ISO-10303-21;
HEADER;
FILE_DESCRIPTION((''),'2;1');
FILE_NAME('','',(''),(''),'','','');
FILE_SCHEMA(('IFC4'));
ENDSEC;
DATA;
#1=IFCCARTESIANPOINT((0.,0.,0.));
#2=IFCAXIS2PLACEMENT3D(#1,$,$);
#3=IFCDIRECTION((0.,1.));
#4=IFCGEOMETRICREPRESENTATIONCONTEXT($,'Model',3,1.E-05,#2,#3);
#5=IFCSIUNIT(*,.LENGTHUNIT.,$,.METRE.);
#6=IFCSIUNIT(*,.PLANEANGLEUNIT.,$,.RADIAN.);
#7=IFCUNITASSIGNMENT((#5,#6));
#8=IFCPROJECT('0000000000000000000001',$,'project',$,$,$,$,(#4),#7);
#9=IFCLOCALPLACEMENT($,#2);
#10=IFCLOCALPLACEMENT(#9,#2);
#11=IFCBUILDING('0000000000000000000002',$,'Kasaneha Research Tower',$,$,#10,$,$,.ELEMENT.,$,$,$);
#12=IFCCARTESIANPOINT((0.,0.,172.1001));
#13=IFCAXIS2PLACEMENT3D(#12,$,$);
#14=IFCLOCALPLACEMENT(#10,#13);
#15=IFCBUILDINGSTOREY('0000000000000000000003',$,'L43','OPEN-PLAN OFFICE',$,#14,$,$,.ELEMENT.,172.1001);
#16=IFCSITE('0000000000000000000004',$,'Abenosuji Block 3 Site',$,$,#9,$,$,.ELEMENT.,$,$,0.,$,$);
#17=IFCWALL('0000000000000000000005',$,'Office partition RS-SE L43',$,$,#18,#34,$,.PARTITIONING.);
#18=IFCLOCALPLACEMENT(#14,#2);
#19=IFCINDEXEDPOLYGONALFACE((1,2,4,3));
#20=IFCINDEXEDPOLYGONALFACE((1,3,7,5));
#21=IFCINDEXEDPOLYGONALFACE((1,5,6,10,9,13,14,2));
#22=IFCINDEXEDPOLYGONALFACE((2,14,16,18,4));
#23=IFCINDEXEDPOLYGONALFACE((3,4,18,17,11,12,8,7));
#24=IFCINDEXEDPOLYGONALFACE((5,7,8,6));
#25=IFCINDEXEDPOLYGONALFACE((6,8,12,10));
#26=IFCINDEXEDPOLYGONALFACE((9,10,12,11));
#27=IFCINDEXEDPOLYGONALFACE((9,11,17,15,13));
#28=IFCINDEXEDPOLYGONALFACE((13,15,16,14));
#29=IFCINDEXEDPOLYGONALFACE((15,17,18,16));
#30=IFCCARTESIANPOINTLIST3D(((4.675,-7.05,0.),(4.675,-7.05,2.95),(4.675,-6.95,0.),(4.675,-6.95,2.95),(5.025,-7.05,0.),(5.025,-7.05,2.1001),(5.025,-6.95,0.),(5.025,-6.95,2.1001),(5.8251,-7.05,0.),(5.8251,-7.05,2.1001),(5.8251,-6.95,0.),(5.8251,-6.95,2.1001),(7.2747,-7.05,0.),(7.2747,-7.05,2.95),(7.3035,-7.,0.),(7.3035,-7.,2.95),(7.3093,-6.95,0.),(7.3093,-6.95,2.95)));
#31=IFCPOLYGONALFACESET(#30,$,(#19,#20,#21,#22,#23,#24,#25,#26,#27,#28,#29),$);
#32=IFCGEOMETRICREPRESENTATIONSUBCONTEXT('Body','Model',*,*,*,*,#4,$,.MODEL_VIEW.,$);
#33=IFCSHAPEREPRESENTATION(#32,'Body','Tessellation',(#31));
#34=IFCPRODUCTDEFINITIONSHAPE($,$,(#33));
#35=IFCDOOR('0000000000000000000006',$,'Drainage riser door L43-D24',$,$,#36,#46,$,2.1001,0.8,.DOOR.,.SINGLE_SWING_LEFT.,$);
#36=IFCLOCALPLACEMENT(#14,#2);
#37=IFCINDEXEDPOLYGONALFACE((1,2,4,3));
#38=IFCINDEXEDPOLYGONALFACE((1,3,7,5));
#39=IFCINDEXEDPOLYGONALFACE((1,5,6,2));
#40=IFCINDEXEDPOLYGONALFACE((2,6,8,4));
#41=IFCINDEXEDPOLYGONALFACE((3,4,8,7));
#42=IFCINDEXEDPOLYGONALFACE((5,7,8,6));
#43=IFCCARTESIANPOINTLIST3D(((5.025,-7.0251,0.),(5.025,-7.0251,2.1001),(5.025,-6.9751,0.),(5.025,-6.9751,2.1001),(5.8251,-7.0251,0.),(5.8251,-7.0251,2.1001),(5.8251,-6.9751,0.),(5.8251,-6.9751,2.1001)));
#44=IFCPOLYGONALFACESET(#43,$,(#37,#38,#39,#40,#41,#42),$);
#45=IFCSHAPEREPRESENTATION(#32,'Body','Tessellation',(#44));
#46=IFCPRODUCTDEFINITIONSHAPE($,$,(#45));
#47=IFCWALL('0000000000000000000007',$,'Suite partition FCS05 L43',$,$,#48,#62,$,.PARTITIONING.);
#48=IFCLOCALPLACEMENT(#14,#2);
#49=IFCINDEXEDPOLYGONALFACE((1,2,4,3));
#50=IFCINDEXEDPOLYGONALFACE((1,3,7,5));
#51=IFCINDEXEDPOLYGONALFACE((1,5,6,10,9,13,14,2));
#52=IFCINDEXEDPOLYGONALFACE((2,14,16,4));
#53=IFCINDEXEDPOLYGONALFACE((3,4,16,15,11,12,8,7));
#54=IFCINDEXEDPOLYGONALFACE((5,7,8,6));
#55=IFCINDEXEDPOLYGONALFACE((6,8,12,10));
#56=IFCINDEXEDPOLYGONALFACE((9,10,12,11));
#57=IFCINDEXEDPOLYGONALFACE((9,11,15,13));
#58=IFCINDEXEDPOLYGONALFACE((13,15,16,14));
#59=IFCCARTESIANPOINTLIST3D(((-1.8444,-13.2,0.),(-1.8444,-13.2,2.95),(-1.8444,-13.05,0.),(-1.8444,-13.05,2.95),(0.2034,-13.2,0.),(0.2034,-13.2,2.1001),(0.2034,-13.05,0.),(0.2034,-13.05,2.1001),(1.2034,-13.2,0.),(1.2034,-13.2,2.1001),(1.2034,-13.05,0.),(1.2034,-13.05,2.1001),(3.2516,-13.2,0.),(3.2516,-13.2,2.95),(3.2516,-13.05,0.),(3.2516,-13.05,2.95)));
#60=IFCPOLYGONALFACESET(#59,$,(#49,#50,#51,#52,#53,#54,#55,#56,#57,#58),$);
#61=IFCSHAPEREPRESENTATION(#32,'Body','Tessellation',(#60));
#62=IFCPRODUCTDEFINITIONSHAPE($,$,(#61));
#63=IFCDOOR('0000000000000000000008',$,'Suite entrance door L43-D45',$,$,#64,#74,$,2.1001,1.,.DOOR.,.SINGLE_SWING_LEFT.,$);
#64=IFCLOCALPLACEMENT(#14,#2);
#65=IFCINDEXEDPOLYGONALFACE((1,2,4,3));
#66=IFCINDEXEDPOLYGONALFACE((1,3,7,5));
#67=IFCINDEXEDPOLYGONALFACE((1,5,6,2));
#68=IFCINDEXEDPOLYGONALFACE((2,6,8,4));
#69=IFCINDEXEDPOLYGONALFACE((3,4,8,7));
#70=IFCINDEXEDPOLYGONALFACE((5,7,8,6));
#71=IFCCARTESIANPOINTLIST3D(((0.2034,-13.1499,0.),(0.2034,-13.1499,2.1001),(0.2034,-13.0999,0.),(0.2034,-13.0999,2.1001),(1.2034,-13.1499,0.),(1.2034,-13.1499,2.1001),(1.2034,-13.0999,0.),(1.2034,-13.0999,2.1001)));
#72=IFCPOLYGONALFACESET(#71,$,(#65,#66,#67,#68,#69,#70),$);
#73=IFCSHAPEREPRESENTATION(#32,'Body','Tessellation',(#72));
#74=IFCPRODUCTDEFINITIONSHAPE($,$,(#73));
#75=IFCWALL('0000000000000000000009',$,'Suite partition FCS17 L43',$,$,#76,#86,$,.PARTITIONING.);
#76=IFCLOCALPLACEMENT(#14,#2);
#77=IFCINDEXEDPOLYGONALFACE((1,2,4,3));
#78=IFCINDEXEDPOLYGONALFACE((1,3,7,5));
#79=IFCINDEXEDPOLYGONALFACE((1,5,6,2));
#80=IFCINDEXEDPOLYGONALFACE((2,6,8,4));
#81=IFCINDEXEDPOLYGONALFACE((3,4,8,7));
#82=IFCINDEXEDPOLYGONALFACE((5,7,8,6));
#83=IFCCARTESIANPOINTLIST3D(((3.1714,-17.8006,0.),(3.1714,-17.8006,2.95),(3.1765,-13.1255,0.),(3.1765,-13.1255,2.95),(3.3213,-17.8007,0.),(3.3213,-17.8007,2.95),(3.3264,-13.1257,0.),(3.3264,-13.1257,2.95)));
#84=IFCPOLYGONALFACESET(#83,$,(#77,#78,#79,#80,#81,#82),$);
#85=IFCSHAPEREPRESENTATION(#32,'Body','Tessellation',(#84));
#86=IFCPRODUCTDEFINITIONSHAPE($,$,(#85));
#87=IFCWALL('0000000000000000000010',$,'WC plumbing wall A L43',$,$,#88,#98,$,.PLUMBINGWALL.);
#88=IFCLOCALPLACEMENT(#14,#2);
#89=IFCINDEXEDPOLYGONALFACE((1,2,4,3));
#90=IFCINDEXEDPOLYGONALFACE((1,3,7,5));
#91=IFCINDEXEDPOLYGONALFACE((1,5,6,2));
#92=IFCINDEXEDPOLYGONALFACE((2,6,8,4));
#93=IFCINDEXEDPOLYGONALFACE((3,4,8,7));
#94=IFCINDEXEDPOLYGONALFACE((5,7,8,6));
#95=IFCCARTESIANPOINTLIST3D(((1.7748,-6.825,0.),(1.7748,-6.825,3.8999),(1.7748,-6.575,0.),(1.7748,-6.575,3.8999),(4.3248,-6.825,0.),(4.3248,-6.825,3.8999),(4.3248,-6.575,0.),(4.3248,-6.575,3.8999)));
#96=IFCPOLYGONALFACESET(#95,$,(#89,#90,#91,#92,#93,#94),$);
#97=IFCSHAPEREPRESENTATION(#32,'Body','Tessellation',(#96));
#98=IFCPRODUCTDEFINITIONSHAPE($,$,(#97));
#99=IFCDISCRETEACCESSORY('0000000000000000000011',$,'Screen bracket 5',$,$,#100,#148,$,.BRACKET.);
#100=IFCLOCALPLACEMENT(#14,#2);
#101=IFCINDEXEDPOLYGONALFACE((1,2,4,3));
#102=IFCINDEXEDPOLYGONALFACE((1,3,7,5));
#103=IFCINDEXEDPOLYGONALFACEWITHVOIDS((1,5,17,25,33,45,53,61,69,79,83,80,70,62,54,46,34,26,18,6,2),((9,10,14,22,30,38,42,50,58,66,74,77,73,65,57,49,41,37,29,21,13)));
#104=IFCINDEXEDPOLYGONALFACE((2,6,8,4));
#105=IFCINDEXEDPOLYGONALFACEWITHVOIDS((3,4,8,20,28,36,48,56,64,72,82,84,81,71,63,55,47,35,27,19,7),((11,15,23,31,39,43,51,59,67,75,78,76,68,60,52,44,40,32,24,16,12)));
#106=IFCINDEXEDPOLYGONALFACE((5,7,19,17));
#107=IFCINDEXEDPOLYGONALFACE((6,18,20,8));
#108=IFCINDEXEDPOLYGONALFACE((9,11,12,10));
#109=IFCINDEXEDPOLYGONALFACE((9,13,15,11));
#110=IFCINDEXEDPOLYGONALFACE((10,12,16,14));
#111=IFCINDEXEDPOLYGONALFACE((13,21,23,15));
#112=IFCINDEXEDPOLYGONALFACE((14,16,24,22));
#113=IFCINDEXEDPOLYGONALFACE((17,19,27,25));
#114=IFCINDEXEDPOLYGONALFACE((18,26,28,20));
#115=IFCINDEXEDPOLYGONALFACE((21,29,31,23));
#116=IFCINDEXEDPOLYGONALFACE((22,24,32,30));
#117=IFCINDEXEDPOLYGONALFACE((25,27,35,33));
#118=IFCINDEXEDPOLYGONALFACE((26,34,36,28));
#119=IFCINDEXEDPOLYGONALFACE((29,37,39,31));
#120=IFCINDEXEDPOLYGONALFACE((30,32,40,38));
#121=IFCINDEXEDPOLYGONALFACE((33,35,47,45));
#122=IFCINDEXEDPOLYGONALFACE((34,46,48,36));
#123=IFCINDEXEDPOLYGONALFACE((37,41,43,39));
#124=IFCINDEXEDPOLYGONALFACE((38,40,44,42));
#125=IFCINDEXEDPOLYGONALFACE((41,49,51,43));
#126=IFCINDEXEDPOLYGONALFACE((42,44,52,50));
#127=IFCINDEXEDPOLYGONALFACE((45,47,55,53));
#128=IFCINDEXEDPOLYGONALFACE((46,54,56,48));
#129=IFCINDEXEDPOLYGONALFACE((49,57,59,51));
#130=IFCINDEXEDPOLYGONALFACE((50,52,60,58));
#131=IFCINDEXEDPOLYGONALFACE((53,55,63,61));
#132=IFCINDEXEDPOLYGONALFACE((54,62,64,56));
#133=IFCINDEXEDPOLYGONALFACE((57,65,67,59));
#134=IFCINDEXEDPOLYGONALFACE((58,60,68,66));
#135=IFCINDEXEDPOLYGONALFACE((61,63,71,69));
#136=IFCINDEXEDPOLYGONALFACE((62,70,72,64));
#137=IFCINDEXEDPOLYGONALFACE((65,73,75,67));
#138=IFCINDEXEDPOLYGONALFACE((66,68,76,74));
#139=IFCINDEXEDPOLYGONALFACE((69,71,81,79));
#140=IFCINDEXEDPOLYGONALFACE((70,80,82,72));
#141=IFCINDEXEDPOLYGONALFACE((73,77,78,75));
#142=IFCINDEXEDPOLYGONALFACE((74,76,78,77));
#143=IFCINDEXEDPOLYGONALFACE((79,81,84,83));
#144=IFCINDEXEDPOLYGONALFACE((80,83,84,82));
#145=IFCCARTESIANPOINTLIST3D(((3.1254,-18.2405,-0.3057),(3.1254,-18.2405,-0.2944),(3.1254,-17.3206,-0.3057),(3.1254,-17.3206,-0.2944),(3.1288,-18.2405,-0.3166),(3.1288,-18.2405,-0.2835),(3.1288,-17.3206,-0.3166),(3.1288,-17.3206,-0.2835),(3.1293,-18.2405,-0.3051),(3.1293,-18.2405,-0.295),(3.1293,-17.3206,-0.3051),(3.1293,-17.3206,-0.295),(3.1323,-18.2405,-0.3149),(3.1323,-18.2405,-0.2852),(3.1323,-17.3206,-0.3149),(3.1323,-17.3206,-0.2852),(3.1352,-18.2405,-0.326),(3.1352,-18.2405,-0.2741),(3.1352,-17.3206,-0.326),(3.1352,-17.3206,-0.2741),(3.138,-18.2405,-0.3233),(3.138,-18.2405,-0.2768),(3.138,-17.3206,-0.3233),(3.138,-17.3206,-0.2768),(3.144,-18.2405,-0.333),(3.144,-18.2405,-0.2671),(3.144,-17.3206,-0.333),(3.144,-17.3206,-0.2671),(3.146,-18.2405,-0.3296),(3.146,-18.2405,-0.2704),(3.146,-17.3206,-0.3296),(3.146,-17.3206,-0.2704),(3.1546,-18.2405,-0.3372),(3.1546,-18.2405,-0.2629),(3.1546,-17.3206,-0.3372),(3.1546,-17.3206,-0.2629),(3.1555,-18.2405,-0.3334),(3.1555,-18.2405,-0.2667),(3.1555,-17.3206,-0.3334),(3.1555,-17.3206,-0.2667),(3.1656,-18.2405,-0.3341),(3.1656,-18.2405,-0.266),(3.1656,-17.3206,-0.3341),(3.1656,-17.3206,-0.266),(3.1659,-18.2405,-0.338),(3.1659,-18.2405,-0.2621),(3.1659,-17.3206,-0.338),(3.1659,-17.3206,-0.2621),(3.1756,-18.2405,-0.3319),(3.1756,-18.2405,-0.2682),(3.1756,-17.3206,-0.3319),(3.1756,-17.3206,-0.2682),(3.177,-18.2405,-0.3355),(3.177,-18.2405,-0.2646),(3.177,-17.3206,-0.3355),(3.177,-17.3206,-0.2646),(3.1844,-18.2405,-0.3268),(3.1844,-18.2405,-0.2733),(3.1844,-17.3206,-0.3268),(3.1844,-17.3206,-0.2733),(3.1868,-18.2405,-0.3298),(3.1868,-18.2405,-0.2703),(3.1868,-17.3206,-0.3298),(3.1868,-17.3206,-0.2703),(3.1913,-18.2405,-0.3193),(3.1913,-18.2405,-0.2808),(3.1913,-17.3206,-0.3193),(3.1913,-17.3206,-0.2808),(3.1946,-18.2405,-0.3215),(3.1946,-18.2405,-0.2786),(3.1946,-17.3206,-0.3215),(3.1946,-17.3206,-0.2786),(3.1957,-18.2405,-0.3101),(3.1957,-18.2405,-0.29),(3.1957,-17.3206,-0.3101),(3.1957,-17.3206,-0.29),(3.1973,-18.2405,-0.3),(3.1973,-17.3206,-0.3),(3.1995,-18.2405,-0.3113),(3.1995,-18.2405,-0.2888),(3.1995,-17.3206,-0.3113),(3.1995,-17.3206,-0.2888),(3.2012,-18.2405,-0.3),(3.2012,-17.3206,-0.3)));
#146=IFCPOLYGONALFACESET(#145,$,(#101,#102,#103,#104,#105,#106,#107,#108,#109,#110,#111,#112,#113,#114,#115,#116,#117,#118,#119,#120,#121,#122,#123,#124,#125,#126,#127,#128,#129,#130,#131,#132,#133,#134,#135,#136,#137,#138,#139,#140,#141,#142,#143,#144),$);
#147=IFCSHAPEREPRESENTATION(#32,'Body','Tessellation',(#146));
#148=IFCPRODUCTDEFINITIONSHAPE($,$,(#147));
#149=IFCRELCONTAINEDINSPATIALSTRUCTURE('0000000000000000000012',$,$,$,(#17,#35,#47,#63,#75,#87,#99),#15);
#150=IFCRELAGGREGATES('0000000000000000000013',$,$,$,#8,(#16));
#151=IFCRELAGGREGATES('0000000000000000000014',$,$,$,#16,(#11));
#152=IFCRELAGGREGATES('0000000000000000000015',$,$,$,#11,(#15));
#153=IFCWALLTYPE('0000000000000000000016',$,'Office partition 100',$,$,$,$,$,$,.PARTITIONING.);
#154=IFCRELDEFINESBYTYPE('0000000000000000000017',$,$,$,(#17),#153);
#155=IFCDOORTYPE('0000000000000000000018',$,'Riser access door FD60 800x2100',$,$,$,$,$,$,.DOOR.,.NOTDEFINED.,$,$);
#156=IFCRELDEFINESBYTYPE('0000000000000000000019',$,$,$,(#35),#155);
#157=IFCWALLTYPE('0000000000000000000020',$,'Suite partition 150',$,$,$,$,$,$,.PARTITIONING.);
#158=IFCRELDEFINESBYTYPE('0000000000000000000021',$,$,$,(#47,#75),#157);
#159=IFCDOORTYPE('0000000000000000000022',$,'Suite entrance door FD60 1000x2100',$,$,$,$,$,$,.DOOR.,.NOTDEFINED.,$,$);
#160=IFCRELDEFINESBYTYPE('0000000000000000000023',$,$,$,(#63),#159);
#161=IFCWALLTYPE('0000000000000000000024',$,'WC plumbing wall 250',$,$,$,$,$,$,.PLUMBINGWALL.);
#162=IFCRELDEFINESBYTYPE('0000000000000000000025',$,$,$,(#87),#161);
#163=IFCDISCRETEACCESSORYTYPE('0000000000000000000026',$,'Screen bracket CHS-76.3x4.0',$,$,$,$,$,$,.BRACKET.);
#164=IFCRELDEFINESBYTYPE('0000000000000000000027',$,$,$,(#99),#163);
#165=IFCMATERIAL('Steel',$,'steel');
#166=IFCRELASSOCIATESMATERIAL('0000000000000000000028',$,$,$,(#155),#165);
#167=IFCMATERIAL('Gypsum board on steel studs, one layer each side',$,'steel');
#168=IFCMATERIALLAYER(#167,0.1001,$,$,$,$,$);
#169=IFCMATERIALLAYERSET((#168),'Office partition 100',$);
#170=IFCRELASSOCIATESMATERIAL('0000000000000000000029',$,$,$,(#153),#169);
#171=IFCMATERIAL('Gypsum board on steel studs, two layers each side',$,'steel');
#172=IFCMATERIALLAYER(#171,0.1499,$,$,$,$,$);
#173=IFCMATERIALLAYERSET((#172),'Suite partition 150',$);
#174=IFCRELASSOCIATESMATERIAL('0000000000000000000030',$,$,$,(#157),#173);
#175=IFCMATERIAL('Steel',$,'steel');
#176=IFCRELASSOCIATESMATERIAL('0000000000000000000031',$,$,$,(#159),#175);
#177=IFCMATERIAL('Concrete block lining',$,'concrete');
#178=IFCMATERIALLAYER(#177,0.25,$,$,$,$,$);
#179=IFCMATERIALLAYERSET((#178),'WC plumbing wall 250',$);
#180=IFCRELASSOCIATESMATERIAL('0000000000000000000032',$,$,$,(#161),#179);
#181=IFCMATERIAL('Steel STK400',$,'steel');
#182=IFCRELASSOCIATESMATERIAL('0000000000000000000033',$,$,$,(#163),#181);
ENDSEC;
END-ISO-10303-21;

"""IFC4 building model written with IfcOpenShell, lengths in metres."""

from ifc_helpers import new_model, si_unit, direction, frame, frame_2d, origin, origin_2d, place, context, subcontext, project, spatial, polyline, rectangle, hollow_circle, outline, extrude, material, layer, layer_set, material_profile, profile_set, type_object, element, fill, save


model = new_model("IFC4")

# Units and contexts
model_context = context("Model", 3, precision=1e-05, world=origin(), true_north=direction((0.0, 1.0)))
body_context = subcontext(model_context, "Body", "Model", "MODEL_VIEW")
ifc_project = project(units=[si_unit("LENGTHUNIT", "METRE"), si_unit("PLANEANGLEUNIT", "RADIAN")], contexts=[model_context])

# Site, building, storey
site_placement = place(None, origin())
site = spatial("IfcSite", under=ifc_project, at=site_placement, Name="Abenosuji Block 3 Site", CompositionType="ELEMENT", RefElevation=0.0)
building_placement = place(site_placement, origin())
building = spatial("IfcBuilding", under=site, at=building_placement, Name="Kasaneha Research Tower", CompositionType="ELEMENT")
storey_placement = place(building_placement, frame((0.0, 0.0, 172.1001)))
storey = spatial("IfcBuildingStorey", under=building, at=storey_placement, Name="L43", Description="OPEN-PLAN OFFICE", CompositionType="ELEMENT", Elevation=172.1001)

# Walls, openings, doors
ifc_material_1 = material(Name="Steel", Category="steel")
door_type_1 = type_object("IfcDoorType", Name="Riser access door FD60 800x2100", OperationType="NOTDEFINED", PredefinedType="DOOR", material=ifc_material_1)
ifc_material_2 = material(Name="Gypsum board on steel studs, one layer each side", Category="steel")
ifc_layer_1 = layer(ifc_material_2, 0.1001)
ifc_layer_set_1 = layer_set([ifc_layer_1], Name="Office partition 100")
wall_type_1 = type_object("IfcWallType", Name="Office partition 100", PredefinedType="PARTITIONING", material=ifc_layer_set_1)
wall_1_placement = place(storey_placement, frame((4.675, -7.0, 0.0), z_axis=(0.0, 0.0, 1.0), x_axis=(1.0, 0.0, 0.0)))
wall_1 = element("IfcWall", 1, at=wall_1_placement, inside=storey, type_object=wall_type_1, Name="Office partition RS-SE L43", PredefinedType="PARTITIONING", context=body_context, shape_type="SweptSolid", body=[
    extrude(outline(polyline([(0.0, -0.05), (0.3501, -0.05), (1.1501, -0.05), (2.5996, -0.05), (2.6284, 0.0), (2.6343, 0.05), (1.1501, 0.05), (0.3501, 0.05), (0.0, 0.05), (0.0, -0.05)])), origin(), (0.0, 0.0, 1.0), 2.95),
])
opening_1_placement = place(wall_1_placement, frame((0.3501, 0.0, 0.0)))
opening_1 = element("IfcOpeningElement", 2, at=opening_1_placement, cuts=wall_1, PredefinedType="OPENING", context=body_context, shape_type="SweptSolid", body=[
    extrude(rectangle(XDim=0.8, YDim=2.1001, at=frame_2d((0.3999, 1.05))), frame((0.0, 0.0601, 0.0), z_axis=(0.0, -1.0, 0.0), x_axis=(1.0, 0.0, 0.0)), (0.0, 0.0, 1.0), 0.1201),
])
door_1_placement = place(opening_1_placement, origin())
door_1 = element("IfcDoor", 3, at=door_1_placement, inside=storey, type_object=door_type_1, Name="Drainage riser door L43-D24", OperationType="SINGLE_SWING_LEFT", OverallHeight=2.1001, OverallWidth=0.8, PredefinedType="DOOR", context=body_context, shape_type="SweptSolid", body=[
    extrude(rectangle(XDim=0.8, YDim=2.1001, at=frame_2d((0.3999, 1.05))), frame((0.0, 0.0249, 0.0), z_axis=(0.0, -1.0, 0.0), x_axis=(1.0, 0.0, 0.0)), (0.0, 0.0, 1.0), 0.05),
])
fill(opening_1, door_1)
ifc_material_3 = material(Name="Gypsum board on steel studs, two layers each side", Category="steel")
ifc_layer_2 = layer(ifc_material_3, 0.1499)
ifc_layer_set_2 = layer_set([ifc_layer_2], Name="Suite partition 150")
wall_type_2 = type_object("IfcWallType", Name="Suite partition 150", PredefinedType="PARTITIONING", material=ifc_layer_set_2)
wall_2_placement = place(storey_placement, frame((3.2515, -13.125, 0.0), z_axis=(0.0, 0.0, 1.0), x_axis=(-1.0, 0.0, 0.0)))
wall_2 = element("IfcWall", 4, at=wall_2_placement, inside=storey, type_object=wall_type_2, Name="Suite partition FCS05 L43", PredefinedType="PARTITIONING", context=body_context, shape_type="SweptSolid", body=[
    extrude(rectangle(XDim=5.0959, YDim=0.1499, at=frame_2d((2.5479, 0.0))), origin(), (0.0, 0.0, 1.0), 2.95),
])
opening_2_placement = place(wall_2_placement, frame((2.0481, 0.0, 0.0)))
opening_2 = element("IfcOpeningElement", 5, at=opening_2_placement, cuts=wall_2, PredefinedType="OPENING", context=body_context, shape_type="SweptSolid", body=[
    extrude(rectangle(XDim=1.0, YDim=2.1001, at=frame_2d((0.5, 1.05))), frame((0.0, 0.085, 0.0), z_axis=(0.0, -1.0, 0.0), x_axis=(1.0, 0.0, 0.0)), (0.0, 0.0, 1.0), 0.1699),
])
ifc_material_4 = material(Name="Steel", Category="steel")
door_type_2 = type_object("IfcDoorType", Name="Suite entrance door FD60 1000x2100", OperationType="NOTDEFINED", PredefinedType="DOOR", material=ifc_material_4)
door_2_placement = place(opening_2_placement, origin())
door_2 = element("IfcDoor", 6, at=door_2_placement, inside=storey, type_object=door_type_2, Name="Suite entrance door L43-D45", OperationType="SINGLE_SWING_LEFT", OverallHeight=2.1001, OverallWidth=1.0, PredefinedType="DOOR", context=body_context, shape_type="SweptSolid", body=[
    extrude(rectangle(XDim=1.0, YDim=2.1001, at=frame_2d((0.5, 1.05))), frame((0.0, 0.0249, 0.0), z_axis=(0.0, -1.0, 0.0), x_axis=(1.0, 0.0, 0.0)), (0.0, 0.0, 1.0), 0.05),
])
fill(opening_2, door_2)

# Walls
wall_3_placement = place(storey_placement, frame((3.2463, -17.8005, 0.0), z_axis=(0.0, 0.0, 1.0), x_axis=(0.001097, 0.999999, 0.0)))
element("IfcWall", 7, at=wall_3_placement, inside=storey, type_object=wall_type_2, Name="Suite partition FCS17 L43", PredefinedType="PARTITIONING", context=body_context, shape_type="SweptSolid", body=[
    extrude(rectangle(XDim=4.675, YDim=0.1499, at=frame_2d((2.3374, 0.0))), origin(), (0.0, 0.0, 1.0), 2.95),
])
ifc_material_5 = material(Name="Concrete block lining", Category="concrete")
ifc_layer_3 = layer(ifc_material_5, 0.25)
ifc_layer_set_3 = layer_set([ifc_layer_3], Name="WC plumbing wall 250")
wall_type_3 = type_object("IfcWallType", Name="WC plumbing wall 250", PredefinedType="PLUMBINGWALL", material=ifc_layer_set_3)
wall_4_placement = place(storey_placement, frame((1.7749, -6.7, 0.0), z_axis=(0.0, 0.0, 1.0), x_axis=(1.0, 0.0, 0.0)))
element("IfcWall", 8, at=wall_4_placement, inside=storey, type_object=wall_type_3, Name="WC plumbing wall A L43", PredefinedType="PLUMBINGWALL", context=body_context, shape_type="SweptSolid", body=[
    extrude(rectangle(XDim=2.55, YDim=0.25, at=frame_2d((1.2749, 0.0))), origin(), (0.0, 0.0, 1.0), 3.8999),
])

# Discrete accessory
ifc_material_6 = material(Name="Steel STK400", Category="steel")
ifc_material_profile_1 = material_profile(ifc_material_6, hollow_circle(Radius=0.0381, WallThickness=0.0039, at=origin_2d()), Name="CHS-76.3x4.0")
ifc_profile_set_1 = profile_set([ifc_material_profile_1], Name="Steel STK400")
discrete_accessory_type = type_object("IfcDiscreteAccessoryType", Name="Screen bracket CHS-76.3x4.0", PredefinedType="BRACKET", material=ifc_profile_set_1)
for number, where, z_axis, x_axis, name in (
    (9, (3.1631, -17.3206, -0.3), (0.0, -1.0, 0.0), (1.0, 0.0, 0.0), "Screen bracket 5"),
):
    element("IfcDiscreteAccessory", number, at=place(storey_placement, frame(where, z_axis=z_axis, x_axis=x_axis)), inside=storey, type_object=discrete_accessory_type, Name=name, PredefinedType="BRACKET", context=body_context, shape_type="SweptSolid", body=[
        extrude(hollow_circle(Radius=0.0381, WallThickness=0.0039, at=origin_2d()), origin(), (0.0, 0.0, 1.0), 0.9199),
    ])

save(model, "model.ifc")
